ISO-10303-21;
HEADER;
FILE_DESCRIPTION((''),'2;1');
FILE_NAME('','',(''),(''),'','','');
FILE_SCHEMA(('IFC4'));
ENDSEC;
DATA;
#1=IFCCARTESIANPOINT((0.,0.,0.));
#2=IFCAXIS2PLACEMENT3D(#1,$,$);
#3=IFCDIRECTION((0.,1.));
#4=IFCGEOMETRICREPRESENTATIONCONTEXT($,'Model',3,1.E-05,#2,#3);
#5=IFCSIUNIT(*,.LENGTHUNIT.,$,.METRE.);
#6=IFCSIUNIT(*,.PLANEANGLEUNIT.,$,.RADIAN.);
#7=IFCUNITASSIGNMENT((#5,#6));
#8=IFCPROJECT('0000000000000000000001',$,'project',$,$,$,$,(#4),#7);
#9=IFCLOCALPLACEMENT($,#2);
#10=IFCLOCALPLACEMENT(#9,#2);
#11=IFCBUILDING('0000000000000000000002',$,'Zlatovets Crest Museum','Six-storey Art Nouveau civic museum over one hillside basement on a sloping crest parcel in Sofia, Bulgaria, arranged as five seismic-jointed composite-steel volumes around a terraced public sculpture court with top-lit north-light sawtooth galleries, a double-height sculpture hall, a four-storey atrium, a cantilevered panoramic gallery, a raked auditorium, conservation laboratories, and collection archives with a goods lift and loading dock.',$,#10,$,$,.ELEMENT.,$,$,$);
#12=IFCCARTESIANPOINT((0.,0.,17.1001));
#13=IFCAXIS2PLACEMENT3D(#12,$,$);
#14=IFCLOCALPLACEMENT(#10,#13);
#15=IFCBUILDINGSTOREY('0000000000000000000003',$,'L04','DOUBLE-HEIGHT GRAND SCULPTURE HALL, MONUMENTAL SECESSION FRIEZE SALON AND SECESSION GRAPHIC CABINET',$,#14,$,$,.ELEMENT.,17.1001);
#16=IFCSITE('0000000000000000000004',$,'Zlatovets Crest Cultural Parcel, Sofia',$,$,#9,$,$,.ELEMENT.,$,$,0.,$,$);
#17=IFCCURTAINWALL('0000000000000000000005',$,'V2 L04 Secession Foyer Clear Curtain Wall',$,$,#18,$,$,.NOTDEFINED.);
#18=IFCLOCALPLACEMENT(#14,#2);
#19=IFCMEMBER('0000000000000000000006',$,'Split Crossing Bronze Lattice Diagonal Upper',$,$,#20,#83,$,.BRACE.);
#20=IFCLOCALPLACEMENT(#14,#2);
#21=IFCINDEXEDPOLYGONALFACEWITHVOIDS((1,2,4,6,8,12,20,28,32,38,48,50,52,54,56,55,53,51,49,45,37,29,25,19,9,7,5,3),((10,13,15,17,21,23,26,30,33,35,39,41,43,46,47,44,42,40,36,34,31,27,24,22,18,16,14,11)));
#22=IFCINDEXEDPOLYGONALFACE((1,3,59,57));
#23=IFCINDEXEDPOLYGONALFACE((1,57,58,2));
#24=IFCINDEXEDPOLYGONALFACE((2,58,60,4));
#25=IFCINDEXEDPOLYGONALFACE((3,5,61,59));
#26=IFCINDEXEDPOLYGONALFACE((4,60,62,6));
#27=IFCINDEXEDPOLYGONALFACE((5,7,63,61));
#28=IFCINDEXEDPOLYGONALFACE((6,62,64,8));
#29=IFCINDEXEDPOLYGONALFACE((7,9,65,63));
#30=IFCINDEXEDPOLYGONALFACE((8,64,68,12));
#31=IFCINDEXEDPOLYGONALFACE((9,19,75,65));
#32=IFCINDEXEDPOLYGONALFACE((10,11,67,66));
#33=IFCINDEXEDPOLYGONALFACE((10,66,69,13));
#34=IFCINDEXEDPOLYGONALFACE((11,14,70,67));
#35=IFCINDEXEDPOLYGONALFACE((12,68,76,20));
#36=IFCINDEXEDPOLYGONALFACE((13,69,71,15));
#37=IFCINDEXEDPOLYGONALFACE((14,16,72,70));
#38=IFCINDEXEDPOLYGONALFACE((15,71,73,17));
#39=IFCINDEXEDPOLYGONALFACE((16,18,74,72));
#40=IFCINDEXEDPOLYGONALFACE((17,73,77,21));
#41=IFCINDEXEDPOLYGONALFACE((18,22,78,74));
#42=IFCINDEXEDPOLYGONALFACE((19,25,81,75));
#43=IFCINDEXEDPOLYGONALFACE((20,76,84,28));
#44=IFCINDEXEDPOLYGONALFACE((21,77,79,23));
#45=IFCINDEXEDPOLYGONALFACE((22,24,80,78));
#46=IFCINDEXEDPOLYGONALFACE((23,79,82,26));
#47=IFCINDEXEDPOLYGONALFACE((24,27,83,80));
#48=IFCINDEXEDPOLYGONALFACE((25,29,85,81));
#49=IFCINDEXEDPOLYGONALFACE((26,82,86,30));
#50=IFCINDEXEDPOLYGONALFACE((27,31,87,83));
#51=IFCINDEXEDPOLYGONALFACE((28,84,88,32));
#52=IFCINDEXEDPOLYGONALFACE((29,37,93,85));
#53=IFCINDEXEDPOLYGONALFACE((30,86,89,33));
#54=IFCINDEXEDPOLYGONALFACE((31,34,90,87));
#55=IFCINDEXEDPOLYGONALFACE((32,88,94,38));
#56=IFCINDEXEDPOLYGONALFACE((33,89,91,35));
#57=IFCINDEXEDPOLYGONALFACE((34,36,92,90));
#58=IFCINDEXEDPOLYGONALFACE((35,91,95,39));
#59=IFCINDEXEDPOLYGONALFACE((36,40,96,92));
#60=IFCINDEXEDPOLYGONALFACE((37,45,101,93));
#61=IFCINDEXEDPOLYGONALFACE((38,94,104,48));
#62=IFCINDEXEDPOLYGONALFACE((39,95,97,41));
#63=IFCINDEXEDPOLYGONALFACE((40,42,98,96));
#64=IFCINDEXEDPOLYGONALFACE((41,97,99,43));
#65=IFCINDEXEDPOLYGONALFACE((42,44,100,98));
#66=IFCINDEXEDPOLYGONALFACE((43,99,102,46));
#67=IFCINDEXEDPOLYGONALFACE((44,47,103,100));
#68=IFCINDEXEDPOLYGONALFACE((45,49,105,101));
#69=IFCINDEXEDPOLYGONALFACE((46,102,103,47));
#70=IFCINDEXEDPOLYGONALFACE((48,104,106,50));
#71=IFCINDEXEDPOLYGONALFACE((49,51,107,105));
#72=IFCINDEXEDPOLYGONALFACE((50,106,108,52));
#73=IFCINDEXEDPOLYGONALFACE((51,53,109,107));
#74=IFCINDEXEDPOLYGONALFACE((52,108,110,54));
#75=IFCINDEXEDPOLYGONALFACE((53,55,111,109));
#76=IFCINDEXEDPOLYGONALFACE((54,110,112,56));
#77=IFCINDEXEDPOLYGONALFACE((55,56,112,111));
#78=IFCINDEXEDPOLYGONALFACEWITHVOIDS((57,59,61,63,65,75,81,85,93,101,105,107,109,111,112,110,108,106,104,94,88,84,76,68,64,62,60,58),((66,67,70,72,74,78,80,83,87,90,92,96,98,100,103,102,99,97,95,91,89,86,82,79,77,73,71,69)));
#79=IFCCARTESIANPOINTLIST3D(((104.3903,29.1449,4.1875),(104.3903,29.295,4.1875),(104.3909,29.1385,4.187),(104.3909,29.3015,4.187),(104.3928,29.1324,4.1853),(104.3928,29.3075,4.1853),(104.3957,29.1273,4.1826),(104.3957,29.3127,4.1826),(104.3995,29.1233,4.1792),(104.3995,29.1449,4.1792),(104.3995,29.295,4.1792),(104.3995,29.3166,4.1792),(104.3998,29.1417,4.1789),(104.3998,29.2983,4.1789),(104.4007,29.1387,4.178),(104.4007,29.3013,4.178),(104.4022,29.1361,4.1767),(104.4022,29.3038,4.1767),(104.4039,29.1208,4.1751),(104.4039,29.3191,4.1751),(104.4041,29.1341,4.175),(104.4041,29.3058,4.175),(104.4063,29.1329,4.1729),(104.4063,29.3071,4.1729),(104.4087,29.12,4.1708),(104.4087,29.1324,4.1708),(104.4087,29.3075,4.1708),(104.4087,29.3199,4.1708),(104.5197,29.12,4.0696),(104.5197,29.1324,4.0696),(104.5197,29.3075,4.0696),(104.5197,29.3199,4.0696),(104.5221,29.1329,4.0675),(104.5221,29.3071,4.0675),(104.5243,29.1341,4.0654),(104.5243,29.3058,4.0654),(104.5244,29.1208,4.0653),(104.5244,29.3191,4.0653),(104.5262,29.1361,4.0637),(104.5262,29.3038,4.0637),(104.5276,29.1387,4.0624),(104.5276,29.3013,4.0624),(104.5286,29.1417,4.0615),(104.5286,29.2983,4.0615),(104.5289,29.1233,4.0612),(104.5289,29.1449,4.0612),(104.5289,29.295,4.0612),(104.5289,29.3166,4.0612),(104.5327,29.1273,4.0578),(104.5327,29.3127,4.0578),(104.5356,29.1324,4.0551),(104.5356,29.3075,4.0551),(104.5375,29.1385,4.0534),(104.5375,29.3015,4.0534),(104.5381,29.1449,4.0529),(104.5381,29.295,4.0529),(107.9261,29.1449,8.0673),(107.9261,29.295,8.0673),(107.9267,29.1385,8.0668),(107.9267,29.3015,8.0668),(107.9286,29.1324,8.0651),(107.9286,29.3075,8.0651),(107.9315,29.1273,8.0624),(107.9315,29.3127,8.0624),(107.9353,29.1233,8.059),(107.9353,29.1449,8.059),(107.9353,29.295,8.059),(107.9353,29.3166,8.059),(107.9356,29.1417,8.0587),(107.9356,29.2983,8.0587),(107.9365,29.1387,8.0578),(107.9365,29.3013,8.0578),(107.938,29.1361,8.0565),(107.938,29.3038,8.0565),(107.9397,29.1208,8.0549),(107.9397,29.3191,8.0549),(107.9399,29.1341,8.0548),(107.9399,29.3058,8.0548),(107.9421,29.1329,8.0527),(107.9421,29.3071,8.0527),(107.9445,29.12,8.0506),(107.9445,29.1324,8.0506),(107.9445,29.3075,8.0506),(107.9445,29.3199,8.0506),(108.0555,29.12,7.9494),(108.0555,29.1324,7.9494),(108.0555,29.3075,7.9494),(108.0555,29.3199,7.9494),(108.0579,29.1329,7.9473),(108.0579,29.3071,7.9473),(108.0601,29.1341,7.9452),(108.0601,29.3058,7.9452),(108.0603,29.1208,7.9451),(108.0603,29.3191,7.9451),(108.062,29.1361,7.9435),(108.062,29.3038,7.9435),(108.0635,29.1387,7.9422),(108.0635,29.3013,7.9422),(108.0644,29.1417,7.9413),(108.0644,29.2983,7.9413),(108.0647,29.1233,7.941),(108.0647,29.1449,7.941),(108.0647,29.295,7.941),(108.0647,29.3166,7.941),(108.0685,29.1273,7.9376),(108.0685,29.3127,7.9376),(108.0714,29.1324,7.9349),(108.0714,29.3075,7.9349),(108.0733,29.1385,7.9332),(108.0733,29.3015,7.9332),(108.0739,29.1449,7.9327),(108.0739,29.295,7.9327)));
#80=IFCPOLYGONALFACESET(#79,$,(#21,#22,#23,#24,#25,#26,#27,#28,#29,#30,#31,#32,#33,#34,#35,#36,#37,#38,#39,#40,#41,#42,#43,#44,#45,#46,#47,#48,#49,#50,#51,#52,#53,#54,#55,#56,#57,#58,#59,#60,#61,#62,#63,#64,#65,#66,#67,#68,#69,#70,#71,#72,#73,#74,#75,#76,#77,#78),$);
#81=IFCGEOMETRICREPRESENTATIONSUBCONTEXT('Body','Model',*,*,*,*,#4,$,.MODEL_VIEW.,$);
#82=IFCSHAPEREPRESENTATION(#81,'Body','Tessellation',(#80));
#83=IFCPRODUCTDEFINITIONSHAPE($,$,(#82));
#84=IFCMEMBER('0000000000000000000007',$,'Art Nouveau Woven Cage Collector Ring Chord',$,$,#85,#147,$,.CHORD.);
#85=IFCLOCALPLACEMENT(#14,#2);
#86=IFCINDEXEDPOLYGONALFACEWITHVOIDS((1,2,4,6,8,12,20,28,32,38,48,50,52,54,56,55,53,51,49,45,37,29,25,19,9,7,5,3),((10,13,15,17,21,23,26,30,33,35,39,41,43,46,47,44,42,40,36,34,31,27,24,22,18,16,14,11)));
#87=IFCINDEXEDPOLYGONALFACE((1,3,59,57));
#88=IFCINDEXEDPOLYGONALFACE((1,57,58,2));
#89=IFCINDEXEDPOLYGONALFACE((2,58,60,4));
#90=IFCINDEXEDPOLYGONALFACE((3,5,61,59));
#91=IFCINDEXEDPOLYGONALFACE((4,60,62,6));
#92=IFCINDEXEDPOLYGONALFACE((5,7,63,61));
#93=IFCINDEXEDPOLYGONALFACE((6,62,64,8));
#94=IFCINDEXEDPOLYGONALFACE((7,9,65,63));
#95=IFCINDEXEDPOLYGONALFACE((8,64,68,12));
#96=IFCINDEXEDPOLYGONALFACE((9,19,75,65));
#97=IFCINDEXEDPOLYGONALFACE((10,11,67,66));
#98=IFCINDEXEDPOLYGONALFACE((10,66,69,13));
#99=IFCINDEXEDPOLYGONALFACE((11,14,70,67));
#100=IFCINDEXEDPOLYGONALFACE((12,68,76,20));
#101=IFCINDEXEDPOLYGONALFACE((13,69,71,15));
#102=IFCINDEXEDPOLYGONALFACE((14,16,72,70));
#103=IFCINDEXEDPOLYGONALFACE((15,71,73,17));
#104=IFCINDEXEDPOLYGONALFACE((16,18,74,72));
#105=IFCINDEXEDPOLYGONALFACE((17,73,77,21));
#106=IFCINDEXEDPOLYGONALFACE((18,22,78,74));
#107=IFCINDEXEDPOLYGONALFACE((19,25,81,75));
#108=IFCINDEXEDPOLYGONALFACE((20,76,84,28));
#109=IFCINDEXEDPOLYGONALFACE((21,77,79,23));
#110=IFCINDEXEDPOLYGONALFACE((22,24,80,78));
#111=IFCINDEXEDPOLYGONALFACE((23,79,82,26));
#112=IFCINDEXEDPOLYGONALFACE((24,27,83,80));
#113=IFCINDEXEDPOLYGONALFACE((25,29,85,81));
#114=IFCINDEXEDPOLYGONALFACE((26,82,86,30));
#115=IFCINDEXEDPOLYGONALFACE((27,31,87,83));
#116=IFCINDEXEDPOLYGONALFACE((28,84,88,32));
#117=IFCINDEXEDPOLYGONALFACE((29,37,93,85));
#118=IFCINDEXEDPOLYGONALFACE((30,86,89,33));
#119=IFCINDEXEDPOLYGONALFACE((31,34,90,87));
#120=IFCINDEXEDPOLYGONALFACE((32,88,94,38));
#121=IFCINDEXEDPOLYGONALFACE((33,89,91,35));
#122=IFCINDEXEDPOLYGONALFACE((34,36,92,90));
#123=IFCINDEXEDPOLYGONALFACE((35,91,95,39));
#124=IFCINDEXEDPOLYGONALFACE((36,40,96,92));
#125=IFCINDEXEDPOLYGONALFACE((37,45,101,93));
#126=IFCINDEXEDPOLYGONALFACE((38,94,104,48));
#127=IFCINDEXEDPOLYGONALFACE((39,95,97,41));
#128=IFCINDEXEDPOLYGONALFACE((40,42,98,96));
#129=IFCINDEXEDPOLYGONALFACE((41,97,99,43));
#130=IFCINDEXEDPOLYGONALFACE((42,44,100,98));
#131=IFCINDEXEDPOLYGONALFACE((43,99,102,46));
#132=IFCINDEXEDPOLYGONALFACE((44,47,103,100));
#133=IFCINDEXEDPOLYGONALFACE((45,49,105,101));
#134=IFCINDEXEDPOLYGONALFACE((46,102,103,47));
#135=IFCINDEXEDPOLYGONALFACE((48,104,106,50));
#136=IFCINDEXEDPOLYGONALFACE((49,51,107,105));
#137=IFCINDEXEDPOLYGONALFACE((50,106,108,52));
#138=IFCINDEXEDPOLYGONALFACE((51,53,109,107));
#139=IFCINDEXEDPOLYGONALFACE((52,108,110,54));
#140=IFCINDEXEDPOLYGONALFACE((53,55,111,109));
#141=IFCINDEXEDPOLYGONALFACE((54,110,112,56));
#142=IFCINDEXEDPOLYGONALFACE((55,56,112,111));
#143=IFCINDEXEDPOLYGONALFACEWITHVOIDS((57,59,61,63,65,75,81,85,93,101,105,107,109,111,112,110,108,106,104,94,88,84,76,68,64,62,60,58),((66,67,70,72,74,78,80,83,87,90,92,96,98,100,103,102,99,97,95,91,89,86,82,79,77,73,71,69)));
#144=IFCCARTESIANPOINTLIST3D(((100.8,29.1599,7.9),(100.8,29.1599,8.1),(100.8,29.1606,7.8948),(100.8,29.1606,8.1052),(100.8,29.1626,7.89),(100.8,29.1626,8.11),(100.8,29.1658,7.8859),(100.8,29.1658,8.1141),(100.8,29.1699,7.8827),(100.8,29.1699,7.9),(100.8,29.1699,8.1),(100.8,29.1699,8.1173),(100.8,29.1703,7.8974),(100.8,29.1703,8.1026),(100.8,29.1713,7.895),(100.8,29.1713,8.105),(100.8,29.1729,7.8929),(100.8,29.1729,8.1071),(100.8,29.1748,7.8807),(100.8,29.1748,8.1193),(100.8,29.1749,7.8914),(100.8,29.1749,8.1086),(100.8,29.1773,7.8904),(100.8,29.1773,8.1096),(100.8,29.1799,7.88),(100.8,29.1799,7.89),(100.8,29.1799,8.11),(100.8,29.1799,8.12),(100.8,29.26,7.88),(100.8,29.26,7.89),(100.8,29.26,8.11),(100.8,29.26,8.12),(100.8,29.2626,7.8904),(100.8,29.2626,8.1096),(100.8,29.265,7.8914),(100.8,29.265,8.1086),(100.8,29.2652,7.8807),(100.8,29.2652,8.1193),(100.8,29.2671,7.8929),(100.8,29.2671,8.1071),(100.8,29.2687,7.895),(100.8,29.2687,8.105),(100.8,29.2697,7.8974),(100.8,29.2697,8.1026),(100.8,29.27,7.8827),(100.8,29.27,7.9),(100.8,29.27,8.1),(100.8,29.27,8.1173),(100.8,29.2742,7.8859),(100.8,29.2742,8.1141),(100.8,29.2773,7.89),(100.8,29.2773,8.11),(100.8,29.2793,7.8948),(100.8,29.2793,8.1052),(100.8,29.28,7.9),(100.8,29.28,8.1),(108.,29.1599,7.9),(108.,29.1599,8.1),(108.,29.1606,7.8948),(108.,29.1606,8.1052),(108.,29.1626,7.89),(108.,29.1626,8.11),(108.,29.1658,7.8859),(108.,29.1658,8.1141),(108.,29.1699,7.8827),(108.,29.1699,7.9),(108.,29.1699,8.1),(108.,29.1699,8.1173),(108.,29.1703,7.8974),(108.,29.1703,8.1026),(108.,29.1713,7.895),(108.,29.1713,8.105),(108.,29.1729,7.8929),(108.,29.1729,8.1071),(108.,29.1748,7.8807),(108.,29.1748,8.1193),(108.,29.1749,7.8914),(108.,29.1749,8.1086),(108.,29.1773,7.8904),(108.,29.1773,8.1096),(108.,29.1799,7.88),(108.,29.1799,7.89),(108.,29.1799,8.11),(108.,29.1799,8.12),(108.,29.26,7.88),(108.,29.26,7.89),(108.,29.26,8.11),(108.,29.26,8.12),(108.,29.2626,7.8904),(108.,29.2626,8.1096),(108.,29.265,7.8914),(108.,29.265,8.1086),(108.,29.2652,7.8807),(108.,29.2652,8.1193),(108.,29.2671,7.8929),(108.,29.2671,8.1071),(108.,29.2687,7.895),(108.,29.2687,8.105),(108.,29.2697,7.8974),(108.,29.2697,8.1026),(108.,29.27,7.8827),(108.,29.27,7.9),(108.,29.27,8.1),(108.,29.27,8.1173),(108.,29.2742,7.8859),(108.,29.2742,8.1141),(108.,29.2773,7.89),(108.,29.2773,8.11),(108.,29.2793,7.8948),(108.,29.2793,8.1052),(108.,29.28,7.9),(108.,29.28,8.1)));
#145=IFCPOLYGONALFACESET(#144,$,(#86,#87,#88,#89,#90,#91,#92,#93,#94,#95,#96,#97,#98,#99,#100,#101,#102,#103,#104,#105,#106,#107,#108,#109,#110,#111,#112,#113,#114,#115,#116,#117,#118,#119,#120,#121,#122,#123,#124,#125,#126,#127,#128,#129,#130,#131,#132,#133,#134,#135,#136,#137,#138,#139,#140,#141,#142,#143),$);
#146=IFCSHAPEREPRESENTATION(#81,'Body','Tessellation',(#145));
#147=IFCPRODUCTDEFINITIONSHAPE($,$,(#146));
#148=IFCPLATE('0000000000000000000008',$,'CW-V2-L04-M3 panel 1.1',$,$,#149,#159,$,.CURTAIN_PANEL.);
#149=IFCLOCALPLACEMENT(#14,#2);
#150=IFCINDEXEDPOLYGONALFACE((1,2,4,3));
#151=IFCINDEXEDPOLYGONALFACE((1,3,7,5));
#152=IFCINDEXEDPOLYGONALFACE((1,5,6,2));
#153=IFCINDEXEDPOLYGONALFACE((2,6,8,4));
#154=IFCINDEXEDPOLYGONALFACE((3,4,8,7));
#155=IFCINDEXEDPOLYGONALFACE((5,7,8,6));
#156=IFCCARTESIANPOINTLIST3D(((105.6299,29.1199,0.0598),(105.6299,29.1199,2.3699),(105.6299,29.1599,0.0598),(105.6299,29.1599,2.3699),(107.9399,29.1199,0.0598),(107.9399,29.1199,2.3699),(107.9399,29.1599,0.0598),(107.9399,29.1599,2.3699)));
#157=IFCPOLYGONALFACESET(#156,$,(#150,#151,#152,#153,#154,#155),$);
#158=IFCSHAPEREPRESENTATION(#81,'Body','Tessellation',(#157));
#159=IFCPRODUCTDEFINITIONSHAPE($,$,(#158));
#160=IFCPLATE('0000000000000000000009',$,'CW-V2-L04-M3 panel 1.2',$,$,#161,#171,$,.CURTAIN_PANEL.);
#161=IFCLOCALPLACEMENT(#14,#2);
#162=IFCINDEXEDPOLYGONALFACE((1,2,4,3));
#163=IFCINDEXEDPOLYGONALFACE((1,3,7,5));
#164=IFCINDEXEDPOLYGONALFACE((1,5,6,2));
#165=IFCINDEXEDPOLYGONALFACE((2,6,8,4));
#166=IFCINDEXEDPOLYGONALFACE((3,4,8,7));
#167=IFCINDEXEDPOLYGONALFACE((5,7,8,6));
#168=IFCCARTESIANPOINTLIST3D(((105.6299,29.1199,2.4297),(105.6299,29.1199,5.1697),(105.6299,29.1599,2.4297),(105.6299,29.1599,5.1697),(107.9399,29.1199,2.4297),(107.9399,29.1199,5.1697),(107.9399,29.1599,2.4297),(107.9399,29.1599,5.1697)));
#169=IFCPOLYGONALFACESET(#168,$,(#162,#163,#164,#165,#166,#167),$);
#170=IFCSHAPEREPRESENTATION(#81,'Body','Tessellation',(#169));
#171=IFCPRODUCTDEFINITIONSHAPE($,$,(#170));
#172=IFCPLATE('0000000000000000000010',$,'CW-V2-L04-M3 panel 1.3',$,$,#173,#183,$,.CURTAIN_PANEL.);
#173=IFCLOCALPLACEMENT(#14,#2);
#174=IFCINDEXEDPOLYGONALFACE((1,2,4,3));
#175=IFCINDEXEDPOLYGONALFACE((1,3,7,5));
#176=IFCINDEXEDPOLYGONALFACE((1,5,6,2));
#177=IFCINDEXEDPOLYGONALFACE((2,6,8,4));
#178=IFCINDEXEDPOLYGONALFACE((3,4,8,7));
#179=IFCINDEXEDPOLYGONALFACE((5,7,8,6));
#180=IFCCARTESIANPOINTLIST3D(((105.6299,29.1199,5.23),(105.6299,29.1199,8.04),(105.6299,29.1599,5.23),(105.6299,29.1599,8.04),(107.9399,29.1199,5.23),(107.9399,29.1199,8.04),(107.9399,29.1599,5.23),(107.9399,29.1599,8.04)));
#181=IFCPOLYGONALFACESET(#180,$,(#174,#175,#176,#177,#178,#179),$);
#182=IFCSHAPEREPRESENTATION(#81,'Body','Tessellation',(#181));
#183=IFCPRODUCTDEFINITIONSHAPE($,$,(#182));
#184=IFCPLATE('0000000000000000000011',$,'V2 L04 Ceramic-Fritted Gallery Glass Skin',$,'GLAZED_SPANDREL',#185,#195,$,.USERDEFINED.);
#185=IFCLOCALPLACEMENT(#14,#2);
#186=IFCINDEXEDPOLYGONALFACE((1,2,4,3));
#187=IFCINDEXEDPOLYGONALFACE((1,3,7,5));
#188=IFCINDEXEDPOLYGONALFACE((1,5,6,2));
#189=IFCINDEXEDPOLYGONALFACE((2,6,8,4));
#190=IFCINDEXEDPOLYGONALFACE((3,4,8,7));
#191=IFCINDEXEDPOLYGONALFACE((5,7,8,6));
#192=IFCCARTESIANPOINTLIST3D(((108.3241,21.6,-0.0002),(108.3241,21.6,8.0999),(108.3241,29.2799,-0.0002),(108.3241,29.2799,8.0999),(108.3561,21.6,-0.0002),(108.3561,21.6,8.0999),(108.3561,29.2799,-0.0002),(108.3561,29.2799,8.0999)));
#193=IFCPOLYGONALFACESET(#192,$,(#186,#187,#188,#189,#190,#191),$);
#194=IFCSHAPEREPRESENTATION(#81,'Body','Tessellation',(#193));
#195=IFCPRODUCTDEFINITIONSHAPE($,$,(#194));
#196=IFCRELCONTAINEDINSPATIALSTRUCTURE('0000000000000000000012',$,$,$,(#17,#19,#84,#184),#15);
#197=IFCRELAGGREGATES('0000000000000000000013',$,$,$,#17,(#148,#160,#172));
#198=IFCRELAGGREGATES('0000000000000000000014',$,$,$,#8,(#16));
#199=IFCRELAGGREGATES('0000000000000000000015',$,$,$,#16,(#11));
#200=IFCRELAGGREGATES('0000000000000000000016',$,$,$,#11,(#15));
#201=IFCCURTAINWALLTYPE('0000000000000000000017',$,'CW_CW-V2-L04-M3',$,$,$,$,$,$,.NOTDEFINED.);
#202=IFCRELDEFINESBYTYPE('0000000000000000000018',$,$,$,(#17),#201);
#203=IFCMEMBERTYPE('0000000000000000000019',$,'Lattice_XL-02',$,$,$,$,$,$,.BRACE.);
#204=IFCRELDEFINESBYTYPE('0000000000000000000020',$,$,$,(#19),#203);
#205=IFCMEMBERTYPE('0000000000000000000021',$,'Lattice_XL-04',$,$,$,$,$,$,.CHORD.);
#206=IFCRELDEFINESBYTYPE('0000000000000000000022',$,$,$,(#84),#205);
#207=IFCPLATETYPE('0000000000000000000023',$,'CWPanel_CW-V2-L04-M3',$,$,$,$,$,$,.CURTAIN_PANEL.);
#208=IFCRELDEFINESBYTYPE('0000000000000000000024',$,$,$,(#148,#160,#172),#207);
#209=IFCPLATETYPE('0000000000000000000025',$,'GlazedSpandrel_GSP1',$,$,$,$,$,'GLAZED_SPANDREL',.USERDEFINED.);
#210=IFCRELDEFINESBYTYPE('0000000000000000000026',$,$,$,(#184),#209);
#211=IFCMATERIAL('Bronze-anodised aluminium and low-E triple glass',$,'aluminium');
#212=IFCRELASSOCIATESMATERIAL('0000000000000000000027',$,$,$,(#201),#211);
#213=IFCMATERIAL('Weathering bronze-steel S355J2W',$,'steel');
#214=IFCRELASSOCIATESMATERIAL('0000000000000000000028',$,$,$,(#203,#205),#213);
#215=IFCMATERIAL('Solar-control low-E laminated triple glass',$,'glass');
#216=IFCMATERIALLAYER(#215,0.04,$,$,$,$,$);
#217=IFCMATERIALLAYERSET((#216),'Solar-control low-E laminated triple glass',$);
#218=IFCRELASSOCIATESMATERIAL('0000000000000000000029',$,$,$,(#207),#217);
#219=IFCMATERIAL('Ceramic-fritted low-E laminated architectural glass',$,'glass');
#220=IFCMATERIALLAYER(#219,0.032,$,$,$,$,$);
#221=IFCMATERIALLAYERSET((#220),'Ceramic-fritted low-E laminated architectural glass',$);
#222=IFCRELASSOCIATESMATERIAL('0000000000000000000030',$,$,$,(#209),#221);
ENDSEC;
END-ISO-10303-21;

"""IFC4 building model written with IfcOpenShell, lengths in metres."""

from ifc_helpers import new_model, si_unit, direction, frame, origin, origin_2d, place, context, subcontext, project, spatial, rectangle, hollow_rectangle, extrude, material, layer, layer_set, material_profile, profile_set, type_object, element, aggregate, save


model = new_model("IFC4")

# Units and contexts
model_context = context("Model", 3, precision=1e-05, world=origin(), true_north=direction((0.0, 1.0)))
body_context = subcontext(model_context, "Body", "Model", "MODEL_VIEW")
ifc_project = project(units=[si_unit("LENGTHUNIT", "METRE"), si_unit("PLANEANGLEUNIT", "RADIAN")], contexts=[model_context])

# Site, building, storey
site_placement = place(None, origin())
site = spatial("IfcSite", under=ifc_project, at=site_placement, Name="Zlatovets Crest Cultural Parcel, Sofia", CompositionType="ELEMENT", RefElevation=0.0)
building_placement = place(site_placement, origin())
building = spatial("IfcBuilding", under=site, at=building_placement, Name="Zlatovets Crest Museum", Description="Six-storey Art Nouveau civic museum over one hillside basement on a sloping crest parcel in Sofia, Bulgaria, arranged as five seismic-jointed composite-steel volumes around a terraced public sculpture court with top-lit north-light sawtooth galleries, a double-height sculpture hall, a four-storey atrium, a cantilevered panoramic gallery, a raked auditorium, conservation laboratories, and collection archives with a goods lift and loading dock.", CompositionType="ELEMENT")
storey_placement = place(building_placement, frame((0.0, 0.0, 17.1001)))
storey = spatial("IfcBuildingStorey", under=building, at=storey_placement, Name="L04", Description="DOUBLE-HEIGHT GRAND SCULPTURE HALL, MONUMENTAL SECESSION FRIEZE SALON AND SECESSION GRAPHIC CABINET", CompositionType="ELEMENT", Elevation=17.1001)

# Curtain wall
ifc_material_1 = material(Name="Bronze-anodised aluminium and low-E triple glass", Category="aluminium")
curtain_wall_type = type_object("IfcCurtainWallType", Name="CW_CW-V2-L04-M3", PredefinedType="NOTDEFINED", material=ifc_material_1)
curtain_wall_placement = place(storey_placement, origin())
curtain_wall = element("IfcCurtainWall", 1, at=curtain_wall_placement, inside=storey, type_object=curtain_wall_type, Name="V2 L04 Secession Foyer Clear Curtain Wall", PredefinedType="NOTDEFINED")

# Members
ifc_material_2 = material(Name="Weathering bronze-steel S355J2W", Category="steel")
ifc_material_profile_1 = material_profile(ifc_material_2, hollow_rectangle(XDim=0.2, YDim=0.2, WallThickness=0.0125, InnerFilletRadius=0.0125, OuterFilletRadius=0.0249, at=origin_2d()), Name="SHS 200x200x12.5")
ifc_profile_set_1 = profile_set([ifc_material_profile_1], Name="Weathering bronze-steel S355J2W")
member_type_1 = type_object("IfcMemberType", Name="Lattice_XL-02", PredefinedType="BRACE", material=ifc_profile_set_1)
member_1_placement = place(storey_placement, frame((108.0, 29.22, 8.0), z_axis=(-0.673582, 0.0, -0.739112), x_axis=(0.0, -1.0, 0.0)))
element("IfcMember", 2, at=member_1_placement, inside=storey, type_object=member_type_1, Name="Split Crossing Bronze Lattice Diagonal Upper", PredefinedType="BRACE", context=body_context, shape_type="SweptSolid", body=[
    extrude(hollow_rectangle(XDim=0.2, YDim=0.2, WallThickness=0.0125, InnerFilletRadius=0.0125, OuterFilletRadius=0.0249, at=origin_2d()), origin(), (0.0, 0.0, 1.0), 5.2493),
])
ifc_material_profile_2 = material_profile(ifc_material_2, hollow_rectangle(XDim=0.1201, YDim=0.24, WallThickness=0.01, InnerFilletRadius=0.01, OuterFilletRadius=0.02, at=origin_2d()), Name="RHS 120x240x10.0")
ifc_profile_set_2 = profile_set([ifc_material_profile_2], Name="Weathering bronze-steel S355J2W")
member_type_2 = type_object("IfcMemberType", Name="Lattice_XL-04", PredefinedType="CHORD", material=ifc_profile_set_2)
member_2_placement = place(storey_placement, frame((108.0, 29.22, 8.0), z_axis=(-1.0, 0.0, 0.0), x_axis=(0.0, -1.0, 0.0)))
element("IfcMember", 3, at=member_2_placement, inside=storey, type_object=member_type_2, Name="Art Nouveau Woven Cage Collector Ring Chord", PredefinedType="CHORD", context=body_context, shape_type="SweptSolid", body=[
    extrude(hollow_rectangle(XDim=0.1201, YDim=0.24, WallThickness=0.01, InnerFilletRadius=0.01, OuterFilletRadius=0.02, at=origin_2d()), origin(), (0.0, 0.0, 1.0), 7.2),
])

# Plates
ifc_material_3 = material(Name="Solar-control low-E laminated triple glass", Category="glass")
ifc_layer_1 = layer(ifc_material_3, 0.04)
ifc_layer_set_1 = layer_set([ifc_layer_1], Name="Solar-control low-E laminated triple glass")
plate_type_1 = type_object("IfcPlateType", Name="CWPanel_CW-V2-L04-M3", PredefinedType="CURTAIN_PANEL", material=ifc_layer_set_1)
plate_1_placement = place(storey_placement, frame((106.7849, 29.1399, 0.0598), z_axis=(0.0, 0.0, 1.0), x_axis=(-1.0, 0.0, 0.0)))
plate_1 = element("IfcPlate", 4, at=plate_1_placement, type_object=plate_type_1, Name="CW-V2-L04-M3 panel 1.1", PredefinedType="CURTAIN_PANEL", context=body_context, shape_type="SweptSolid", body=[
    extrude(rectangle(XDim=2.3101, YDim=0.04, at=origin_2d()), origin(), (0.0, 0.0, 1.0), 2.3101),
])
plate_2_placement = place(storey_placement, frame((106.7849, 29.1399, 2.4297), z_axis=(0.0, 0.0, 1.0), x_axis=(-1.0, 0.0, 0.0)))
plate_2 = element("IfcPlate", 5, at=plate_2_placement, type_object=plate_type_1, Name="CW-V2-L04-M3 panel 1.2", PredefinedType="CURTAIN_PANEL", context=body_context, shape_type="SweptSolid", body=[
    extrude(rectangle(XDim=2.3101, YDim=0.04, at=origin_2d()), origin(), (0.0, 0.0, 1.0), 2.74),
])
plate_3_placement = place(storey_placement, frame((106.7849, 29.1399, 5.23), z_axis=(0.0, 0.0, 1.0), x_axis=(-1.0, 0.0, 0.0)))
plate_3 = element("IfcPlate", 6, at=plate_3_placement, type_object=plate_type_1, Name="CW-V2-L04-M3 panel 1.3", PredefinedType="CURTAIN_PANEL", context=body_context, shape_type="SweptSolid", body=[
    extrude(rectangle(XDim=2.3101, YDim=0.04, at=origin_2d()), origin(), (0.0, 0.0, 1.0), 2.8101),
])
aggregate(curtain_wall, [plate_1, plate_2, plate_3])

# Plate
ifc_material_4 = material(Name="Ceramic-fritted low-E laminated architectural glass", Category="glass")
ifc_layer_2 = layer(ifc_material_4, 0.032)
ifc_layer_set_2 = layer_set([ifc_layer_2], Name="Ceramic-fritted low-E laminated architectural glass")
plate_type_2 = type_object("IfcPlateType", Name="GlazedSpandrel_GSP1", ElementType="GLAZED_SPANDREL", PredefinedType="USERDEFINED", material=ifc_layer_set_2)
plate_4_placement = place(storey_placement, frame((108.3401, 25.4399, -0.0002), z_axis=(0.0, 0.0, 1.0), x_axis=(0.0, 1.0, 0.0)))
element("IfcPlate", 7, at=plate_4_placement, inside=storey, type_object=plate_type_2, Name="V2 L04 Ceramic-Fritted Gallery Glass Skin", ObjectType="GLAZED_SPANDREL", PredefinedType="USERDEFINED", context=body_context, shape_type="SweptSolid", body=[
    extrude(rectangle(XDim=7.6799, YDim=0.032, at=origin_2d()), origin(), (0.0, 0.0, 1.0), 8.1001),
])

save(model, "model.ifc")
